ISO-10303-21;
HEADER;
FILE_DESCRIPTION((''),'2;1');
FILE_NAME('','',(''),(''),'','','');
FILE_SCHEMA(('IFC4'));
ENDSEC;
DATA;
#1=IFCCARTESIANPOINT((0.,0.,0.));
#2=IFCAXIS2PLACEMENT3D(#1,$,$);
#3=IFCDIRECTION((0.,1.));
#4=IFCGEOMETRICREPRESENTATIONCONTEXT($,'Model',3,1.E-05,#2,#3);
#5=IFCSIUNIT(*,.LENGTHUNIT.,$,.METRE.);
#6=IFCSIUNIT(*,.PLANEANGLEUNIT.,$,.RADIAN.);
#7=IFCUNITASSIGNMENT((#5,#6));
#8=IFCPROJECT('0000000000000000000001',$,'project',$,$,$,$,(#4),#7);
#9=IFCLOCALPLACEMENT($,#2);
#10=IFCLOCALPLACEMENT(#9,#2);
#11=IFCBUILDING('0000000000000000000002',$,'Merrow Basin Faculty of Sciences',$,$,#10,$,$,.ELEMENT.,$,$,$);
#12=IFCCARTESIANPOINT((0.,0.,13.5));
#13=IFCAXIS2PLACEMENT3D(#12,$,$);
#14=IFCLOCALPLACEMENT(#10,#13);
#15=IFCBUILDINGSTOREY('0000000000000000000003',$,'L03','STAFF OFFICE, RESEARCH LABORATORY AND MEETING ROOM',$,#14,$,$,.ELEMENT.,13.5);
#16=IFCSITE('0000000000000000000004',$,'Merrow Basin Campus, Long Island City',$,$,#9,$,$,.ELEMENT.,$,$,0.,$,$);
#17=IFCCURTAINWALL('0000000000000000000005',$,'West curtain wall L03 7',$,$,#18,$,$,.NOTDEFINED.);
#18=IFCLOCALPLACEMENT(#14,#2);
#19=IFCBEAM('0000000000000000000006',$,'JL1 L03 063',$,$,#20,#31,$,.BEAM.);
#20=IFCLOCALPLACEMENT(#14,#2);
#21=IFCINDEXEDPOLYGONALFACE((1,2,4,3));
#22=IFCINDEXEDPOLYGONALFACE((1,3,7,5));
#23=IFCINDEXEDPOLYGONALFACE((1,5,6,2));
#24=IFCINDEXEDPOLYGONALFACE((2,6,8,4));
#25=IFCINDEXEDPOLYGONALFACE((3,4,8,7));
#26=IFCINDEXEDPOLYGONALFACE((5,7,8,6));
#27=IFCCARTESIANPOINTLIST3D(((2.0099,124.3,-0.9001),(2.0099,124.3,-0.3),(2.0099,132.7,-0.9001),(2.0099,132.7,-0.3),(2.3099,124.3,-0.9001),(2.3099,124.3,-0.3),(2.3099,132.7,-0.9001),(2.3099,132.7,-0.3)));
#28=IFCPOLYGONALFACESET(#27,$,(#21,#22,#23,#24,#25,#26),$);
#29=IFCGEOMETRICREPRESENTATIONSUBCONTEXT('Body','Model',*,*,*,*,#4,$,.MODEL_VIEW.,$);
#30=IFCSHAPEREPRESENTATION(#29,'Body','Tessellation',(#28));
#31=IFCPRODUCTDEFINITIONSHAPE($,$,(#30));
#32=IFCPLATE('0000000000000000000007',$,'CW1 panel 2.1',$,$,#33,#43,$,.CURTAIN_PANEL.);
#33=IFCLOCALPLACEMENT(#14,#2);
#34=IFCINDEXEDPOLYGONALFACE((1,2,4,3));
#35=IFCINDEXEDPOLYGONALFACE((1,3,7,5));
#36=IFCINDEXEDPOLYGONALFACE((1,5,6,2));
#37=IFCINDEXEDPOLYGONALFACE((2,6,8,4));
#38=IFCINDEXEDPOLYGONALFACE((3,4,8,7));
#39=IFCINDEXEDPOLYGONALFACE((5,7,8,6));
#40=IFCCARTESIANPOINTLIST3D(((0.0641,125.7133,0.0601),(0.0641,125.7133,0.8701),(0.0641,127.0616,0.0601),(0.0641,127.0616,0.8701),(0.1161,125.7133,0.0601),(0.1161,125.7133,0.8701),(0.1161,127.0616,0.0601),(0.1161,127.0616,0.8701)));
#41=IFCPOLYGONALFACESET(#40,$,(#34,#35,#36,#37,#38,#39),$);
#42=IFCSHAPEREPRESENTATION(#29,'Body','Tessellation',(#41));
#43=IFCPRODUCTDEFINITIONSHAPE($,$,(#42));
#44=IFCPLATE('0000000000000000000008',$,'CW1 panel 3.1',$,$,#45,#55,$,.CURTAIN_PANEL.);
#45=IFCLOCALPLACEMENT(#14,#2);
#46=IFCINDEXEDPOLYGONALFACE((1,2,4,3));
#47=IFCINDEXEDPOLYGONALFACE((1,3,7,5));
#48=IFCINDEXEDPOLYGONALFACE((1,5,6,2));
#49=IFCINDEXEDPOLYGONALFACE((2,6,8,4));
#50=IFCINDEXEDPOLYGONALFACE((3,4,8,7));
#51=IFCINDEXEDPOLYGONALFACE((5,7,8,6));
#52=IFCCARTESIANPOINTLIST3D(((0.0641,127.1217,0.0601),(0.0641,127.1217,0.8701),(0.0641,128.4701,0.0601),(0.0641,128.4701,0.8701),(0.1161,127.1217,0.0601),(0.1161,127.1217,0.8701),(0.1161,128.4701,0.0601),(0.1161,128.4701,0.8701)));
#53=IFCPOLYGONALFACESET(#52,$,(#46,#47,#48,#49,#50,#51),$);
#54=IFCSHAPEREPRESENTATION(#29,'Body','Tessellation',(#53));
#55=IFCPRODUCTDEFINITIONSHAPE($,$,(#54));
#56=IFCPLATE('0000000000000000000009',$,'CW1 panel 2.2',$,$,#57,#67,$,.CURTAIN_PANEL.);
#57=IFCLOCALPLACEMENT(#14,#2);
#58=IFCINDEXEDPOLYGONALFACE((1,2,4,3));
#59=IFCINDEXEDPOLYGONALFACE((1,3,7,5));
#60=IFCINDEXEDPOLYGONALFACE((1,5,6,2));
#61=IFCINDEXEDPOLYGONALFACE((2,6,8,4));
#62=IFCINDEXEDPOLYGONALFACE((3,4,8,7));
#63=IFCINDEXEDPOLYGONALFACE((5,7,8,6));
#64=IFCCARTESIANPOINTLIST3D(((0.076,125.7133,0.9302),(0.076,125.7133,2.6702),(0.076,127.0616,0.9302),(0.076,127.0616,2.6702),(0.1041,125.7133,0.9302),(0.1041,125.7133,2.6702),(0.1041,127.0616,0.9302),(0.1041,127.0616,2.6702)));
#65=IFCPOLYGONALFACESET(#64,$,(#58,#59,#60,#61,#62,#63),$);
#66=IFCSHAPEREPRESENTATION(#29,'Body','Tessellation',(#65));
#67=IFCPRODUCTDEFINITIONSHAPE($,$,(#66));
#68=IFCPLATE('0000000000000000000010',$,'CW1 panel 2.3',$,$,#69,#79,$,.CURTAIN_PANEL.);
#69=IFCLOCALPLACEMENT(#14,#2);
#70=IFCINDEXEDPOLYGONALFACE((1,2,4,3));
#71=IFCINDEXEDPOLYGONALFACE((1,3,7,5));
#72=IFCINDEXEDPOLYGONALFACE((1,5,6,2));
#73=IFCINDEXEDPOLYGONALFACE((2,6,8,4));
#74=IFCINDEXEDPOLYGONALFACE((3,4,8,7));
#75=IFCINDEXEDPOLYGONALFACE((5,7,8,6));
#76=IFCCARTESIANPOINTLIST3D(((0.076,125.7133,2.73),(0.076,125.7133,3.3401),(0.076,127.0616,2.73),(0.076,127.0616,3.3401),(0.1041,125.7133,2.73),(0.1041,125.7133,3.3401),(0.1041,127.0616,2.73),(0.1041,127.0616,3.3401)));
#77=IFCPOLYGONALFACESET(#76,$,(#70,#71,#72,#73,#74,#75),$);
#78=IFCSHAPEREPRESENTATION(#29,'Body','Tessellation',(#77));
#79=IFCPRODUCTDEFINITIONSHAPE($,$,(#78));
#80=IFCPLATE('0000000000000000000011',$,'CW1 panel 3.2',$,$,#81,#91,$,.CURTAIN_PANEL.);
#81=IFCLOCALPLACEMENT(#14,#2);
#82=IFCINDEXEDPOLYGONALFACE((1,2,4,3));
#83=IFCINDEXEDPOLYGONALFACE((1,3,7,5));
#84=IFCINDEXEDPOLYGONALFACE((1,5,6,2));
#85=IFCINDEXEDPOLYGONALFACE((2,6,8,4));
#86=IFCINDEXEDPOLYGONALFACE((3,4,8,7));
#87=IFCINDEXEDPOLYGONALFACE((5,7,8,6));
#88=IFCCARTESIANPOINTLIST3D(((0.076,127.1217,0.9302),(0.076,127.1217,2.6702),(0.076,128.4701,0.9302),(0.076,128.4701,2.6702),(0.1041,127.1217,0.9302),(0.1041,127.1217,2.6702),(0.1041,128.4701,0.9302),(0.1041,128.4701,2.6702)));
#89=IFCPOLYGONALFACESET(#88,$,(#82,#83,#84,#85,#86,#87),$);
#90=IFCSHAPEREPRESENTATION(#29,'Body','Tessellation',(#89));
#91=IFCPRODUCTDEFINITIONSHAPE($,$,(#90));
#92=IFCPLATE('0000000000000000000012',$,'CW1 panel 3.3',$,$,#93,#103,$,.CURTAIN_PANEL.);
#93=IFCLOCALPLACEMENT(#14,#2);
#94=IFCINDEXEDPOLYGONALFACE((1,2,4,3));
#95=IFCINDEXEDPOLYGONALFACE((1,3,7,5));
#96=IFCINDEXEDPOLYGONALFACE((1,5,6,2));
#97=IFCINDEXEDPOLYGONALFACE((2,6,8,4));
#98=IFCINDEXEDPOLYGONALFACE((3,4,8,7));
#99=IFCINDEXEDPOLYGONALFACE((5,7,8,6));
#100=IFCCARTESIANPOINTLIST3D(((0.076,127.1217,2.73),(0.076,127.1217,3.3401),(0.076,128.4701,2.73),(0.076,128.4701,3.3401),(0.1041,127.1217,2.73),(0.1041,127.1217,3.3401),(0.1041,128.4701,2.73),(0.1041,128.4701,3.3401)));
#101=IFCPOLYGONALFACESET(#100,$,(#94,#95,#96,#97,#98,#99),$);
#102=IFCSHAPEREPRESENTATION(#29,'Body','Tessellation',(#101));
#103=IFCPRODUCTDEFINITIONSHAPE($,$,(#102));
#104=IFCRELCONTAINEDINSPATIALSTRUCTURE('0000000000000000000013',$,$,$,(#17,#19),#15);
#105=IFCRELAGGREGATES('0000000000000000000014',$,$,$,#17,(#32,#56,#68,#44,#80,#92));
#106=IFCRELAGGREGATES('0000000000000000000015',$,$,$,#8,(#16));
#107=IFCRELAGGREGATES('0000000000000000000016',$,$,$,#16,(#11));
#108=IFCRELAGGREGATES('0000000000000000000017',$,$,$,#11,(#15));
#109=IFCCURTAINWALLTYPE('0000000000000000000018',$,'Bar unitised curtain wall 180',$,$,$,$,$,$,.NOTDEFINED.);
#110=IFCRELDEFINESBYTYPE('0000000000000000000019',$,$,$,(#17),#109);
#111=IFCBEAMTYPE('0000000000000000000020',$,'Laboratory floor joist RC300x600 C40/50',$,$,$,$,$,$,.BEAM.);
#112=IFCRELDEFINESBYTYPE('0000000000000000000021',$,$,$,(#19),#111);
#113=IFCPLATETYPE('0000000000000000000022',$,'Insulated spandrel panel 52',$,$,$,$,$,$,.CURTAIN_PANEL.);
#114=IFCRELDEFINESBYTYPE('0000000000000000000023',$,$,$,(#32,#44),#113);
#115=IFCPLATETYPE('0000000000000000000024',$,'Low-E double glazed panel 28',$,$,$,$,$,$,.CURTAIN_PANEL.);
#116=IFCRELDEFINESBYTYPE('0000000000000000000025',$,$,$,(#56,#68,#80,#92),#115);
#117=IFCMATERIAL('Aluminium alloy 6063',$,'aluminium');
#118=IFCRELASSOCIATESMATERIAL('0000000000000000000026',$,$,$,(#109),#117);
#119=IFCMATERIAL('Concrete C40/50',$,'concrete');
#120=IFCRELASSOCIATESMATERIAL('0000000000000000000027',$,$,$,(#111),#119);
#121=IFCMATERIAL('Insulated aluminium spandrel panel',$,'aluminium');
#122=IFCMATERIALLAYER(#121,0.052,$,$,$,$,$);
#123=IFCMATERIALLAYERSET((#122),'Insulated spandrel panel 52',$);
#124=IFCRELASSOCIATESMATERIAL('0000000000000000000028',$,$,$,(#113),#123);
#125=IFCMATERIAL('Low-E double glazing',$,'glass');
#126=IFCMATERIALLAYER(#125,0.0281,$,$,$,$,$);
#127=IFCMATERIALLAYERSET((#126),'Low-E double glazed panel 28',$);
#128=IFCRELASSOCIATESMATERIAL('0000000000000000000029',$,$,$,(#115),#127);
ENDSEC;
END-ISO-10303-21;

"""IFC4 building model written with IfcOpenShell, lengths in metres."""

from ifc_helpers import new_model, si_unit, direction, frame, origin, origin_2d, place, context, subcontext, project, spatial, rectangle, extrude, material, layer, layer_set, material_profile, profile_set, type_object, element, aggregate, save


model = new_model("IFC4")

# Units and contexts
model_context = context("Model", 3, precision=1e-05, world=origin(), true_north=direction((0.0, 1.0)))
body_context = subcontext(model_context, "Body", "Model", "MODEL_VIEW")
ifc_project = project(units=[si_unit("LENGTHUNIT", "METRE"), si_unit("PLANEANGLEUNIT", "RADIAN")], contexts=[model_context])

# Site, building, storey
site_placement = place(None, origin())
site = spatial("IfcSite", under=ifc_project, at=site_placement, Name="Merrow Basin Campus, Long Island City", CompositionType="ELEMENT", RefElevation=0.0)
building_placement = place(site_placement, origin())
building = spatial("IfcBuilding", under=site, at=building_placement, Name="Merrow Basin Faculty of Sciences", CompositionType="ELEMENT")
storey_placement = place(building_placement, frame((0.0, 0.0, 13.5)))
storey = spatial("IfcBuildingStorey", under=building, at=storey_placement, Name="L03", Description="STAFF OFFICE, RESEARCH LABORATORY AND MEETING ROOM", CompositionType="ELEMENT", Elevation=13.5)

# Curtain wall
ifc_material_1 = material(Name="Aluminium alloy 6063", Category="aluminium")
curtain_wall_type = type_object("IfcCurtainWallType", Name="Bar unitised curtain wall 180", PredefinedType="NOTDEFINED", material=ifc_material_1)
curtain_wall_placement = place(storey_placement, origin())
curtain_wall = element("IfcCurtainWall", 1, at=curtain_wall_placement, inside=storey, type_object=curtain_wall_type, Name="West curtain wall L03 7", PredefinedType="NOTDEFINED")

# Beam
ifc_material_2 = material(Name="Concrete C40/50", Category="concrete")
ifc_material_profile_1 = material_profile(ifc_material_2, rectangle(XDim=0.3, YDim=0.6001, at=origin_2d()))
ifc_profile_set_1 = profile_set([ifc_material_profile_1], Name="Concrete C40/50")
beam_type_1 = type_object("IfcBeamType", Name="Laboratory floor joist RC300x600 C40/50", PredefinedType="BEAM", material=ifc_profile_set_1)
for number, where, z_axis, x_axis, name in (
    (2, (2.1599, 124.3, -0.6001), (0.0, 1.0, 0.0), (-1.0, 0.0, 0.0), "JL1 L03 063"),
):
    element("IfcBeam", number, at=place(storey_placement, frame(where, z_axis=z_axis, x_axis=x_axis)), inside=storey, type_object=beam_type_1, Name=name, PredefinedType="BEAM", context=body_context, shape_type="SweptSolid", body=[
        extrude(rectangle(XDim=0.3, YDim=0.6001, at=origin_2d()), origin(), (0.0, 0.0, 1.0), 8.3999),
    ])

# Plates
ifc_material_3 = material(Name="Insulated aluminium spandrel panel", Category="aluminium")
ifc_layer_1 = layer(ifc_material_3, 0.052)
ifc_layer_set_1 = layer_set([ifc_layer_1], Name="Insulated spandrel panel 52")
plate_type_1 = type_object("IfcPlateType", Name="Insulated spandrel panel 52", PredefinedType="CURTAIN_PANEL", material=ifc_layer_set_1)
plate_1_placement = place(storey_placement, frame((0.0901, 126.3875, 0.0601), z_axis=(0.0, 0.0, 1.0), x_axis=(0.0, 1.0, 0.0)))
plate_1 = element("IfcPlate", 3, at=plate_1_placement, type_object=plate_type_1, Name="CW1 panel 2.1", PredefinedType="CURTAIN_PANEL", context=body_context, shape_type="SweptSolid", body=[
    extrude(rectangle(XDim=1.3484, YDim=0.052, at=origin_2d()), origin(), (0.0, 0.0, 1.0), 0.8101),
])
plate_2_placement = place(storey_placement, frame((0.0901, 127.7959, 0.0601), z_axis=(0.0, 0.0, 1.0), x_axis=(0.0, 1.0, 0.0)))
plate_2 = element("IfcPlate", 4, at=plate_2_placement, type_object=plate_type_1, Name="CW1 panel 3.1", PredefinedType="CURTAIN_PANEL", context=body_context, shape_type="SweptSolid", body=[
    extrude(rectangle(XDim=1.3484, YDim=0.052, at=origin_2d()), origin(), (0.0, 0.0, 1.0), 0.8101),
])
ifc_material_4 = material(Name="Low-E double glazing", Category="glass")
ifc_layer_2 = layer(ifc_material_4, 0.0281)
ifc_layer_set_2 = layer_set([ifc_layer_2], Name="Low-E double glazed panel 28")
plate_type_2 = type_object("IfcPlateType", Name="Low-E double glazed panel 28", PredefinedType="CURTAIN_PANEL", material=ifc_layer_set_2)
plate_3_placement = place(storey_placement, frame((0.0901, 126.3875, 0.9302), z_axis=(0.0, 0.0, 1.0), x_axis=(0.0, 1.0, 0.0)))
plate_3 = element("IfcPlate", 5, at=plate_3_placement, type_object=plate_type_2, Name="CW1 panel 2.2", PredefinedType="CURTAIN_PANEL", context=body_context, shape_type="SweptSolid", body=[
    extrude(rectangle(XDim=1.3484, YDim=0.0281, at=origin_2d()), origin(), (0.0, 0.0, 1.0), 1.74),
])
plate_4_placement = place(storey_placement, frame((0.0901, 126.3875, 2.73), z_axis=(0.0, 0.0, 1.0), x_axis=(0.0, 1.0, 0.0)))
plate_4 = element("IfcPlate", 6, at=plate_4_placement, type_object=plate_type_2, Name="CW1 panel 2.3", PredefinedType="CURTAIN_PANEL", context=body_context, shape_type="SweptSolid", body=[
    extrude(rectangle(XDim=1.3484, YDim=0.0281, at=origin_2d()), origin(), (0.0, 0.0, 1.0), 0.6101),
])
plate_5_placement = place(storey_placement, frame((0.0901, 127.7959, 0.9302), z_axis=(0.0, 0.0, 1.0), x_axis=(0.0, 1.0, 0.0)))
plate_5 = element("IfcPlate", 7, at=plate_5_placement, type_object=plate_type_2, Name="CW1 panel 3.2", PredefinedType="CURTAIN_PANEL", context=body_context, shape_type="SweptSolid", body=[
    extrude(rectangle(XDim=1.3484, YDim=0.0281, at=origin_2d()), origin(), (0.0, 0.0, 1.0), 1.74),
])
plate_6_placement = place(storey_placement, frame((0.0901, 127.7959, 2.73), z_axis=(0.0, 0.0, 1.0), x_axis=(0.0, 1.0, 0.0)))
plate_6 = element("IfcPlate", 8, at=plate_6_placement, type_object=plate_type_2, Name="CW1 panel 3.3", PredefinedType="CURTAIN_PANEL", context=body_context, shape_type="SweptSolid", body=[
    extrude(rectangle(XDim=1.3484, YDim=0.0281, at=origin_2d()), origin(), (0.0, 0.0, 1.0), 0.6101),
])
aggregate(curtain_wall, [plate_1, plate_3, plate_4, plate_2, plate_5, plate_6])

save(model, "model.ifc")
